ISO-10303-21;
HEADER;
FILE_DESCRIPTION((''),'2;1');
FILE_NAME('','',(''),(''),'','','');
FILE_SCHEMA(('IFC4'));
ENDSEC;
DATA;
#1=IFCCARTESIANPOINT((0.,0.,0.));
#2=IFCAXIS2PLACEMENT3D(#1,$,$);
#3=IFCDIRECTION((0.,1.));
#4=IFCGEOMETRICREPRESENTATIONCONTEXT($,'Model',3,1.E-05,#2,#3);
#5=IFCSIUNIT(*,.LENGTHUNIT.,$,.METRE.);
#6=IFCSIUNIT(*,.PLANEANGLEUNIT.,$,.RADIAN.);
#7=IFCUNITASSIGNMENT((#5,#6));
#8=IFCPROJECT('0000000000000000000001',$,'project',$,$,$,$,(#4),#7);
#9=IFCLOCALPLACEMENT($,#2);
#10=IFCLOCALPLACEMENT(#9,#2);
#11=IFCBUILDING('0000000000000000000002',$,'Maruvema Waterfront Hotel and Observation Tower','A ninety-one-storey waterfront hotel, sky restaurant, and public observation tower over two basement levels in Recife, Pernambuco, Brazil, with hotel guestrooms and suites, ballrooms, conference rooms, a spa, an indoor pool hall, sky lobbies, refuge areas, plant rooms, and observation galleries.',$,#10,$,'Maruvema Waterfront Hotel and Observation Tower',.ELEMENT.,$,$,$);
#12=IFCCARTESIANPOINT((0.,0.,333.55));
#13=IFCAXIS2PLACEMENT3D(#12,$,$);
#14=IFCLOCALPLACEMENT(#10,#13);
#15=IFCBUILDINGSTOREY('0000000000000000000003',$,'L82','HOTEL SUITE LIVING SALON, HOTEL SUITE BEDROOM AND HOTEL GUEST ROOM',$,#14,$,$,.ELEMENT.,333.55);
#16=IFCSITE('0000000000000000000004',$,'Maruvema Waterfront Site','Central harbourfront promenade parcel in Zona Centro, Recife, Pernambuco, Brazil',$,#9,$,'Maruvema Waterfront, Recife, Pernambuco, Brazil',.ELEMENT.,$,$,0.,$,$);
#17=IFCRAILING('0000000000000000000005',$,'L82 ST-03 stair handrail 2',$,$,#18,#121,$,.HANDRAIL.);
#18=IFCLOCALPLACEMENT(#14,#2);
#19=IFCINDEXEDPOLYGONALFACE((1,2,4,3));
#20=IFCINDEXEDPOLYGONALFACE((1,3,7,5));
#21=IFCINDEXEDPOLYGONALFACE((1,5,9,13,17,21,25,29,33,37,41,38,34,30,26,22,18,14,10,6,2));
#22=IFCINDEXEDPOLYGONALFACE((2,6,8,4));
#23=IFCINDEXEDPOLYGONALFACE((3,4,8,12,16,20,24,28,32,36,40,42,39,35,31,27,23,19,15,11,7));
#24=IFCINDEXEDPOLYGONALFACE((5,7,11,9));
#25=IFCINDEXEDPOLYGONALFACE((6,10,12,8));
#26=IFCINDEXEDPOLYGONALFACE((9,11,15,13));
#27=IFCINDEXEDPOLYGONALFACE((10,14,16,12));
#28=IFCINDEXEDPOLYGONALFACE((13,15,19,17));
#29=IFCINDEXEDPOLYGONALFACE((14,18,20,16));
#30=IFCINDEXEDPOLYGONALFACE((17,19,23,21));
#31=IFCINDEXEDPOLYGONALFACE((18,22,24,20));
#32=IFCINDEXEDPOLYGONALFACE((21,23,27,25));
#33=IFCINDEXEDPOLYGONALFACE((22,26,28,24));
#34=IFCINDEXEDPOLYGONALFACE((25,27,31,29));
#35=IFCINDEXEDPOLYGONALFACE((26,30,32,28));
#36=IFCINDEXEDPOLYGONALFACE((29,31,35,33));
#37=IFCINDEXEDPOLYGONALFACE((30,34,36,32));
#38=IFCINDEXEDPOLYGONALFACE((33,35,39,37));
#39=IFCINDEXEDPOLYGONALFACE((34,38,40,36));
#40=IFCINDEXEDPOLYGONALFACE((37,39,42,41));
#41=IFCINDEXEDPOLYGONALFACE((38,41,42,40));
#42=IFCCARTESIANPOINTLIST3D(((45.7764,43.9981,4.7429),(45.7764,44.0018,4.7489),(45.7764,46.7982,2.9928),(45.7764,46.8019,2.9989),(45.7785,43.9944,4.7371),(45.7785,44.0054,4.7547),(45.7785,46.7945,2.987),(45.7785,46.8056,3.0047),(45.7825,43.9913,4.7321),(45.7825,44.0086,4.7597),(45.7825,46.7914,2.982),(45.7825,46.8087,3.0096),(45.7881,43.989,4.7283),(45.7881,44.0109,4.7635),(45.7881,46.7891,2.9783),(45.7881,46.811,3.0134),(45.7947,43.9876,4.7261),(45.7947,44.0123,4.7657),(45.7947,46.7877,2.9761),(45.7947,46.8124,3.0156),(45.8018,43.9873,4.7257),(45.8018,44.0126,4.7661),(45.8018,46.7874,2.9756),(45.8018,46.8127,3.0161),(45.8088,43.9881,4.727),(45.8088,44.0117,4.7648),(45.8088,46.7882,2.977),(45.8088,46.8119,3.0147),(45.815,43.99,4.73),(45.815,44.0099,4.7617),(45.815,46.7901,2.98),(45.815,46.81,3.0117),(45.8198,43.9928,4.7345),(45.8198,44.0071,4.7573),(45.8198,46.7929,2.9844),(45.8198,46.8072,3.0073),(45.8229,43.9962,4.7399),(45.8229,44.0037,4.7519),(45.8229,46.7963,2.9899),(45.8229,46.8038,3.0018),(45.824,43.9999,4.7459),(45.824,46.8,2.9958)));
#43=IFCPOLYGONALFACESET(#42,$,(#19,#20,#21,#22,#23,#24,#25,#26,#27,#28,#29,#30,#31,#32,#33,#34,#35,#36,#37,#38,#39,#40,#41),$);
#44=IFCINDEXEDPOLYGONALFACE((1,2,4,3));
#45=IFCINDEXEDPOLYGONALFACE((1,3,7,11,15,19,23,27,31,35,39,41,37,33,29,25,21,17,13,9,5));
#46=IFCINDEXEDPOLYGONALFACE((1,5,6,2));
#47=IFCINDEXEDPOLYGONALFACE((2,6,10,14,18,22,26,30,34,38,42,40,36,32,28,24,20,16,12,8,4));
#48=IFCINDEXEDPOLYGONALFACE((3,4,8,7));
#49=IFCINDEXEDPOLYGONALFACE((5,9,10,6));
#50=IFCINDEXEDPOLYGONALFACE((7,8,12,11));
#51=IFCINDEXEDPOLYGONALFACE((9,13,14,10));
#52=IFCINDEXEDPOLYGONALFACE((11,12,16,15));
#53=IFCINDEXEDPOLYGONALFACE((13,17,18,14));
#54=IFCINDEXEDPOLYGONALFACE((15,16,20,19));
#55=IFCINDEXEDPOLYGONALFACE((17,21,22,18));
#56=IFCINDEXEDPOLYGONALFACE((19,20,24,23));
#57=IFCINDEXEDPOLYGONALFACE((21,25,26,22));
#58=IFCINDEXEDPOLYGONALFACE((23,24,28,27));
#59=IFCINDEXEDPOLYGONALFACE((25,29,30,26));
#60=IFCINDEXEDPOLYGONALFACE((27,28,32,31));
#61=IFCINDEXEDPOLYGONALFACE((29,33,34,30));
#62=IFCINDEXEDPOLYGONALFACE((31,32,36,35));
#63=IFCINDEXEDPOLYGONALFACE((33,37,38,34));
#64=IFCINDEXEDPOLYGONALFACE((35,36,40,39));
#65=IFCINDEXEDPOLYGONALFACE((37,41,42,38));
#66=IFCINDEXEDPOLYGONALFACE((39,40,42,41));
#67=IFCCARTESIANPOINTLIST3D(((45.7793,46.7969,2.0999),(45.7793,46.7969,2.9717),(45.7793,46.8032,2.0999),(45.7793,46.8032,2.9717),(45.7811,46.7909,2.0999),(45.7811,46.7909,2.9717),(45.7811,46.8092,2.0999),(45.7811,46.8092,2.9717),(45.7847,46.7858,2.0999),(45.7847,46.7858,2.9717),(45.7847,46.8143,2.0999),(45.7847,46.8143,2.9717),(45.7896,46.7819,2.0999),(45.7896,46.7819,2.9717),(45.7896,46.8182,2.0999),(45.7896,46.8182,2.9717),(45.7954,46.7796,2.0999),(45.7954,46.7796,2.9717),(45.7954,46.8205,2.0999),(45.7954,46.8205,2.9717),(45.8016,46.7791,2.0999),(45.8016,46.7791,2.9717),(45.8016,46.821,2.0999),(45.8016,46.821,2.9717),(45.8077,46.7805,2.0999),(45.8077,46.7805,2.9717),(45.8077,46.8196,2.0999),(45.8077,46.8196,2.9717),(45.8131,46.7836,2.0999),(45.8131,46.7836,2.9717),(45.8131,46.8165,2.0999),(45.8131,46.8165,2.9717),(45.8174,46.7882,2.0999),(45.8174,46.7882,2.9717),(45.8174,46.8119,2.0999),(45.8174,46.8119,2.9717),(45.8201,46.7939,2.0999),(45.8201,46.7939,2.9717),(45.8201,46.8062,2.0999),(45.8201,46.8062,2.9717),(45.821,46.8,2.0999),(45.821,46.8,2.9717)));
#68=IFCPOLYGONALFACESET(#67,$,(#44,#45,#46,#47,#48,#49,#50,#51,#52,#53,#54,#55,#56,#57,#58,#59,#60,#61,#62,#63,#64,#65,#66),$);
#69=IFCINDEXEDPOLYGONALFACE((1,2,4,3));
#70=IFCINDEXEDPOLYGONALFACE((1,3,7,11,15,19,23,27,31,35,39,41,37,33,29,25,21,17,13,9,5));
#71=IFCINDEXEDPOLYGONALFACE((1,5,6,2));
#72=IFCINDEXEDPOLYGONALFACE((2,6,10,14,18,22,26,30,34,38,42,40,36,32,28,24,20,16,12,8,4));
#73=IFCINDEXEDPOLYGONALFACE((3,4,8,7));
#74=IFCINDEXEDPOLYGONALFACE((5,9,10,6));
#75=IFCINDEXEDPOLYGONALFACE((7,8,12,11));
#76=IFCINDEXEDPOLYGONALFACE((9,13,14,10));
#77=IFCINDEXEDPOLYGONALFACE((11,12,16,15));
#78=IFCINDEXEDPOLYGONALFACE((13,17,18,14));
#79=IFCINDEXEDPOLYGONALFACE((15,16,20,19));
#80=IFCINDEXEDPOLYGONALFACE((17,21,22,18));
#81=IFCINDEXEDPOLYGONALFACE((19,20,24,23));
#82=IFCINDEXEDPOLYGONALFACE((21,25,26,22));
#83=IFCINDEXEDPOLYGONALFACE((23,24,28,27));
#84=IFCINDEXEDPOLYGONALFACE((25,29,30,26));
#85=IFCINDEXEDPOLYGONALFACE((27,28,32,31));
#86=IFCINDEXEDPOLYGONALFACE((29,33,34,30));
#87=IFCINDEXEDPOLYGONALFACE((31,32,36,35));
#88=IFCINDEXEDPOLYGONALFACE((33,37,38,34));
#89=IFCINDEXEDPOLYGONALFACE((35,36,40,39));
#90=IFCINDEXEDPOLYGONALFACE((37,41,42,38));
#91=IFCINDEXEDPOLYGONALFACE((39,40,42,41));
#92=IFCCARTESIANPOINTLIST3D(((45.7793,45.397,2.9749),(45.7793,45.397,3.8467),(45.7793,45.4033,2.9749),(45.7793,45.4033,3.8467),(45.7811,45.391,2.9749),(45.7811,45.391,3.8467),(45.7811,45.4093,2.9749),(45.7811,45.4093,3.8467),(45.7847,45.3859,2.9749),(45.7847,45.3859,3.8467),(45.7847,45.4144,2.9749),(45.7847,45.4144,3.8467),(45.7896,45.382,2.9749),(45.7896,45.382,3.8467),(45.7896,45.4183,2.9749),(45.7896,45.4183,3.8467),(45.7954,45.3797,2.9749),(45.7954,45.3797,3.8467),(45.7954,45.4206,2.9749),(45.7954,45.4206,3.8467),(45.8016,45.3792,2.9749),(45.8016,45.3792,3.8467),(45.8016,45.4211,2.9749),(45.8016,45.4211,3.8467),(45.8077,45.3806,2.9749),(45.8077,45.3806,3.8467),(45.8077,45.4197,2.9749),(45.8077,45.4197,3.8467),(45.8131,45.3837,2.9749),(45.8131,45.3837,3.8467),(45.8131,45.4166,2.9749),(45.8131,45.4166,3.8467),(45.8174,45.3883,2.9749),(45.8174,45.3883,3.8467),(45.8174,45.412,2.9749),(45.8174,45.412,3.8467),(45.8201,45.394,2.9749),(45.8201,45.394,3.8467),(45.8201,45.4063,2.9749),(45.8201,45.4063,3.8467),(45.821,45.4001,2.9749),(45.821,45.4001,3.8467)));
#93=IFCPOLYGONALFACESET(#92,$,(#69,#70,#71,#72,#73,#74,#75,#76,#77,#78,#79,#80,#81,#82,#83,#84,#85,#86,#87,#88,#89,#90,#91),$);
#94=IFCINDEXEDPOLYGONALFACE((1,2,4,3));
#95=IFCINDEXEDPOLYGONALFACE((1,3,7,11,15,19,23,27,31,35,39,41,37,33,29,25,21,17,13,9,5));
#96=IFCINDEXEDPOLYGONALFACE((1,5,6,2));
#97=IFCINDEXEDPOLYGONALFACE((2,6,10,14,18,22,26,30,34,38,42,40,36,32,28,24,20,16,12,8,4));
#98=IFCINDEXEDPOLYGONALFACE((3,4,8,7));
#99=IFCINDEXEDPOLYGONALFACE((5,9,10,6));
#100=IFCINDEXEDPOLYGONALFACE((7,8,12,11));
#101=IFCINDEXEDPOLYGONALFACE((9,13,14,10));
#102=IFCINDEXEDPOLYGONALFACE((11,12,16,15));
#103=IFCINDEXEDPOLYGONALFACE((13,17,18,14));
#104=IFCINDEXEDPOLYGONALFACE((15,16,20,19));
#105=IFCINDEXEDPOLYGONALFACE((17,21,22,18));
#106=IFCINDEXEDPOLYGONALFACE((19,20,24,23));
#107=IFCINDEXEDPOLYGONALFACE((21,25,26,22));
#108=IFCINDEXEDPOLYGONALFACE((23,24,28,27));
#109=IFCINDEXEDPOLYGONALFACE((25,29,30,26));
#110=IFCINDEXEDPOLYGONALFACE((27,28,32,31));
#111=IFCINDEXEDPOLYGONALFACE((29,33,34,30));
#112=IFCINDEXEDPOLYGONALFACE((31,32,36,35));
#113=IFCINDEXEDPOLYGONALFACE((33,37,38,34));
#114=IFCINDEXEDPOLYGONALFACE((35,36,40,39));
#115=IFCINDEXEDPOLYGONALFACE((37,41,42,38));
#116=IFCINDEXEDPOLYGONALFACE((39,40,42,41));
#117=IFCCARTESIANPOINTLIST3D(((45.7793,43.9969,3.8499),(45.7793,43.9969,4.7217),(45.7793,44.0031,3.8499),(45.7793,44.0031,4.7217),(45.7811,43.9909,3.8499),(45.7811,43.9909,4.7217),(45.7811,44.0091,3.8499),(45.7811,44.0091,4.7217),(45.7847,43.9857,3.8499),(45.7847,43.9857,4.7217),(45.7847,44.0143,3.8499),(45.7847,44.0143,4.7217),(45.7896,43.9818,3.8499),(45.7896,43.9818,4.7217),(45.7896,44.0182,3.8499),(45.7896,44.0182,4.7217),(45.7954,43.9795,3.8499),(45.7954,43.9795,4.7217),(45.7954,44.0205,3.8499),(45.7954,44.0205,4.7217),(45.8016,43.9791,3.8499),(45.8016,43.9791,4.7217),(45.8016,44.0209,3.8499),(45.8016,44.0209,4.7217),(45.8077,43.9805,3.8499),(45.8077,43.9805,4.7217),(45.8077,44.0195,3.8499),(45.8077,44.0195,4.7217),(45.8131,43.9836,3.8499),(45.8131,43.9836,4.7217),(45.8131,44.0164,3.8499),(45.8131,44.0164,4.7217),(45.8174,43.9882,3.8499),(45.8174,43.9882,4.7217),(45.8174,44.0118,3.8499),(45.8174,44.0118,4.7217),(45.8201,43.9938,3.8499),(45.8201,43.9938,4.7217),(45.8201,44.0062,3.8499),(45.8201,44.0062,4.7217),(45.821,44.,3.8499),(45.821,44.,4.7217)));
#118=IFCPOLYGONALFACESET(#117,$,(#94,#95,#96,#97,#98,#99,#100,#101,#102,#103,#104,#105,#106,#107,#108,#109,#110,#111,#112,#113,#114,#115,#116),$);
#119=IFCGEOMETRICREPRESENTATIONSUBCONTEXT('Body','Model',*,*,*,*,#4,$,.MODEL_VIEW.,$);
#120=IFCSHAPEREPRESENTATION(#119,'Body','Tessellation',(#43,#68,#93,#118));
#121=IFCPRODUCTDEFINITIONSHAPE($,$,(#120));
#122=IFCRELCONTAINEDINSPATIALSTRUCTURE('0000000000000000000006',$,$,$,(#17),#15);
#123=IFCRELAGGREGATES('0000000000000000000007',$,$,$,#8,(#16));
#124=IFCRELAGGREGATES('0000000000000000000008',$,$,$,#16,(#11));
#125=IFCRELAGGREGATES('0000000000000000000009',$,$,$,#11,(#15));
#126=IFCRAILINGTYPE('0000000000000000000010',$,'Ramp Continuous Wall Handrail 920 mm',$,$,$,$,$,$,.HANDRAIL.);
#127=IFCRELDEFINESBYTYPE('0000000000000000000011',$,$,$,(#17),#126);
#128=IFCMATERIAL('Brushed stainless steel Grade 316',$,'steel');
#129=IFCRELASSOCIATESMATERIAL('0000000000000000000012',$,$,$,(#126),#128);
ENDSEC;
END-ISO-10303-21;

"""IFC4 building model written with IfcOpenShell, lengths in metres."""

from ifc_helpers import new_model, si_unit, direction, frame, origin, origin_2d, place, context, subcontext, project, spatial, circle, extrude, material, type_object, element, save


model = new_model("IFC4")

# Units and contexts
model_context = context("Model", 3, precision=1e-05, world=origin(), true_north=direction((0.0, 1.0)))
body_context = subcontext(model_context, "Body", "Model", "MODEL_VIEW")
ifc_project = project(units=[si_unit("LENGTHUNIT", "METRE"), si_unit("PLANEANGLEUNIT", "RADIAN")], contexts=[model_context])

# Site, building, storey
site_placement = place(None, origin())
site = spatial("IfcSite", under=ifc_project, at=site_placement, Name="Maruvema Waterfront Site", Description="Central harbourfront promenade parcel in Zona Centro, Recife, Pernambuco, Brazil", LongName="Maruvema Waterfront, Recife, Pernambuco, Brazil", CompositionType="ELEMENT", RefElevation=0.0)
building_placement = place(site_placement, origin())
building = spatial("IfcBuilding", under=site, at=building_placement, Name="Maruvema Waterfront Hotel and Observation Tower", Description="A ninety-one-storey waterfront hotel, sky restaurant, and public observation tower over two basement levels in Recife, Pernambuco, Brazil, with hotel guestrooms and suites, ballrooms, conference rooms, a spa, an indoor pool hall, sky lobbies, refuge areas, plant rooms, and observation galleries.", LongName="Maruvema Waterfront Hotel and Observation Tower", CompositionType="ELEMENT")
storey_placement = place(building_placement, frame((0.0, 0.0, 333.55)))
storey = spatial("IfcBuildingStorey", under=building, at=storey_placement, Name="L82", Description="HOTEL SUITE LIVING SALON, HOTEL SUITE BEDROOM AND HOTEL GUEST ROOM", CompositionType="ELEMENT", Elevation=333.55)

# Railing
ifc_material_1 = material(Name="Brushed stainless steel Grade 316", Category="steel")
railing_type_1 = type_object("IfcRailingType", Name="Ramp Continuous Wall Handrail 920 mm", PredefinedType="HANDRAIL", material=ifc_material_1)
railing_1_placement = place(storey_placement, frame((45.8, 46.8, 2.0999)))
element("IfcRailing", 1, at=railing_1_placement, inside=storey, type_object=railing_type_1, Name="L82 ST-03 stair handrail 2", PredefinedType="HANDRAIL", context=body_context, shape_type="SweptSolid", body=[
    extrude(circle(Radius=0.0239, at=origin_2d()), frame((0.0, 0.0, 0.896), z_axis=(0.0, -0.848002, 0.529992), x_axis=(1.0, 0.0, 0.0)), (0.0, 0.0, 1.0), 3.302),
    extrude(circle(Radius=0.021, at=origin_2d()), origin(), (0.0, 0.0, 1.0), 0.8718),
    extrude(circle(Radius=0.021, at=origin_2d()), frame((0.0, -1.3999, 0.875)), (0.0, 0.0, 1.0), 0.8718),
    extrude(circle(Radius=0.021, at=origin_2d()), frame((0.0, -2.8, 1.75)), (0.0, 0.0, 1.0), 0.8718),
])

save(model, "model.ifc")
